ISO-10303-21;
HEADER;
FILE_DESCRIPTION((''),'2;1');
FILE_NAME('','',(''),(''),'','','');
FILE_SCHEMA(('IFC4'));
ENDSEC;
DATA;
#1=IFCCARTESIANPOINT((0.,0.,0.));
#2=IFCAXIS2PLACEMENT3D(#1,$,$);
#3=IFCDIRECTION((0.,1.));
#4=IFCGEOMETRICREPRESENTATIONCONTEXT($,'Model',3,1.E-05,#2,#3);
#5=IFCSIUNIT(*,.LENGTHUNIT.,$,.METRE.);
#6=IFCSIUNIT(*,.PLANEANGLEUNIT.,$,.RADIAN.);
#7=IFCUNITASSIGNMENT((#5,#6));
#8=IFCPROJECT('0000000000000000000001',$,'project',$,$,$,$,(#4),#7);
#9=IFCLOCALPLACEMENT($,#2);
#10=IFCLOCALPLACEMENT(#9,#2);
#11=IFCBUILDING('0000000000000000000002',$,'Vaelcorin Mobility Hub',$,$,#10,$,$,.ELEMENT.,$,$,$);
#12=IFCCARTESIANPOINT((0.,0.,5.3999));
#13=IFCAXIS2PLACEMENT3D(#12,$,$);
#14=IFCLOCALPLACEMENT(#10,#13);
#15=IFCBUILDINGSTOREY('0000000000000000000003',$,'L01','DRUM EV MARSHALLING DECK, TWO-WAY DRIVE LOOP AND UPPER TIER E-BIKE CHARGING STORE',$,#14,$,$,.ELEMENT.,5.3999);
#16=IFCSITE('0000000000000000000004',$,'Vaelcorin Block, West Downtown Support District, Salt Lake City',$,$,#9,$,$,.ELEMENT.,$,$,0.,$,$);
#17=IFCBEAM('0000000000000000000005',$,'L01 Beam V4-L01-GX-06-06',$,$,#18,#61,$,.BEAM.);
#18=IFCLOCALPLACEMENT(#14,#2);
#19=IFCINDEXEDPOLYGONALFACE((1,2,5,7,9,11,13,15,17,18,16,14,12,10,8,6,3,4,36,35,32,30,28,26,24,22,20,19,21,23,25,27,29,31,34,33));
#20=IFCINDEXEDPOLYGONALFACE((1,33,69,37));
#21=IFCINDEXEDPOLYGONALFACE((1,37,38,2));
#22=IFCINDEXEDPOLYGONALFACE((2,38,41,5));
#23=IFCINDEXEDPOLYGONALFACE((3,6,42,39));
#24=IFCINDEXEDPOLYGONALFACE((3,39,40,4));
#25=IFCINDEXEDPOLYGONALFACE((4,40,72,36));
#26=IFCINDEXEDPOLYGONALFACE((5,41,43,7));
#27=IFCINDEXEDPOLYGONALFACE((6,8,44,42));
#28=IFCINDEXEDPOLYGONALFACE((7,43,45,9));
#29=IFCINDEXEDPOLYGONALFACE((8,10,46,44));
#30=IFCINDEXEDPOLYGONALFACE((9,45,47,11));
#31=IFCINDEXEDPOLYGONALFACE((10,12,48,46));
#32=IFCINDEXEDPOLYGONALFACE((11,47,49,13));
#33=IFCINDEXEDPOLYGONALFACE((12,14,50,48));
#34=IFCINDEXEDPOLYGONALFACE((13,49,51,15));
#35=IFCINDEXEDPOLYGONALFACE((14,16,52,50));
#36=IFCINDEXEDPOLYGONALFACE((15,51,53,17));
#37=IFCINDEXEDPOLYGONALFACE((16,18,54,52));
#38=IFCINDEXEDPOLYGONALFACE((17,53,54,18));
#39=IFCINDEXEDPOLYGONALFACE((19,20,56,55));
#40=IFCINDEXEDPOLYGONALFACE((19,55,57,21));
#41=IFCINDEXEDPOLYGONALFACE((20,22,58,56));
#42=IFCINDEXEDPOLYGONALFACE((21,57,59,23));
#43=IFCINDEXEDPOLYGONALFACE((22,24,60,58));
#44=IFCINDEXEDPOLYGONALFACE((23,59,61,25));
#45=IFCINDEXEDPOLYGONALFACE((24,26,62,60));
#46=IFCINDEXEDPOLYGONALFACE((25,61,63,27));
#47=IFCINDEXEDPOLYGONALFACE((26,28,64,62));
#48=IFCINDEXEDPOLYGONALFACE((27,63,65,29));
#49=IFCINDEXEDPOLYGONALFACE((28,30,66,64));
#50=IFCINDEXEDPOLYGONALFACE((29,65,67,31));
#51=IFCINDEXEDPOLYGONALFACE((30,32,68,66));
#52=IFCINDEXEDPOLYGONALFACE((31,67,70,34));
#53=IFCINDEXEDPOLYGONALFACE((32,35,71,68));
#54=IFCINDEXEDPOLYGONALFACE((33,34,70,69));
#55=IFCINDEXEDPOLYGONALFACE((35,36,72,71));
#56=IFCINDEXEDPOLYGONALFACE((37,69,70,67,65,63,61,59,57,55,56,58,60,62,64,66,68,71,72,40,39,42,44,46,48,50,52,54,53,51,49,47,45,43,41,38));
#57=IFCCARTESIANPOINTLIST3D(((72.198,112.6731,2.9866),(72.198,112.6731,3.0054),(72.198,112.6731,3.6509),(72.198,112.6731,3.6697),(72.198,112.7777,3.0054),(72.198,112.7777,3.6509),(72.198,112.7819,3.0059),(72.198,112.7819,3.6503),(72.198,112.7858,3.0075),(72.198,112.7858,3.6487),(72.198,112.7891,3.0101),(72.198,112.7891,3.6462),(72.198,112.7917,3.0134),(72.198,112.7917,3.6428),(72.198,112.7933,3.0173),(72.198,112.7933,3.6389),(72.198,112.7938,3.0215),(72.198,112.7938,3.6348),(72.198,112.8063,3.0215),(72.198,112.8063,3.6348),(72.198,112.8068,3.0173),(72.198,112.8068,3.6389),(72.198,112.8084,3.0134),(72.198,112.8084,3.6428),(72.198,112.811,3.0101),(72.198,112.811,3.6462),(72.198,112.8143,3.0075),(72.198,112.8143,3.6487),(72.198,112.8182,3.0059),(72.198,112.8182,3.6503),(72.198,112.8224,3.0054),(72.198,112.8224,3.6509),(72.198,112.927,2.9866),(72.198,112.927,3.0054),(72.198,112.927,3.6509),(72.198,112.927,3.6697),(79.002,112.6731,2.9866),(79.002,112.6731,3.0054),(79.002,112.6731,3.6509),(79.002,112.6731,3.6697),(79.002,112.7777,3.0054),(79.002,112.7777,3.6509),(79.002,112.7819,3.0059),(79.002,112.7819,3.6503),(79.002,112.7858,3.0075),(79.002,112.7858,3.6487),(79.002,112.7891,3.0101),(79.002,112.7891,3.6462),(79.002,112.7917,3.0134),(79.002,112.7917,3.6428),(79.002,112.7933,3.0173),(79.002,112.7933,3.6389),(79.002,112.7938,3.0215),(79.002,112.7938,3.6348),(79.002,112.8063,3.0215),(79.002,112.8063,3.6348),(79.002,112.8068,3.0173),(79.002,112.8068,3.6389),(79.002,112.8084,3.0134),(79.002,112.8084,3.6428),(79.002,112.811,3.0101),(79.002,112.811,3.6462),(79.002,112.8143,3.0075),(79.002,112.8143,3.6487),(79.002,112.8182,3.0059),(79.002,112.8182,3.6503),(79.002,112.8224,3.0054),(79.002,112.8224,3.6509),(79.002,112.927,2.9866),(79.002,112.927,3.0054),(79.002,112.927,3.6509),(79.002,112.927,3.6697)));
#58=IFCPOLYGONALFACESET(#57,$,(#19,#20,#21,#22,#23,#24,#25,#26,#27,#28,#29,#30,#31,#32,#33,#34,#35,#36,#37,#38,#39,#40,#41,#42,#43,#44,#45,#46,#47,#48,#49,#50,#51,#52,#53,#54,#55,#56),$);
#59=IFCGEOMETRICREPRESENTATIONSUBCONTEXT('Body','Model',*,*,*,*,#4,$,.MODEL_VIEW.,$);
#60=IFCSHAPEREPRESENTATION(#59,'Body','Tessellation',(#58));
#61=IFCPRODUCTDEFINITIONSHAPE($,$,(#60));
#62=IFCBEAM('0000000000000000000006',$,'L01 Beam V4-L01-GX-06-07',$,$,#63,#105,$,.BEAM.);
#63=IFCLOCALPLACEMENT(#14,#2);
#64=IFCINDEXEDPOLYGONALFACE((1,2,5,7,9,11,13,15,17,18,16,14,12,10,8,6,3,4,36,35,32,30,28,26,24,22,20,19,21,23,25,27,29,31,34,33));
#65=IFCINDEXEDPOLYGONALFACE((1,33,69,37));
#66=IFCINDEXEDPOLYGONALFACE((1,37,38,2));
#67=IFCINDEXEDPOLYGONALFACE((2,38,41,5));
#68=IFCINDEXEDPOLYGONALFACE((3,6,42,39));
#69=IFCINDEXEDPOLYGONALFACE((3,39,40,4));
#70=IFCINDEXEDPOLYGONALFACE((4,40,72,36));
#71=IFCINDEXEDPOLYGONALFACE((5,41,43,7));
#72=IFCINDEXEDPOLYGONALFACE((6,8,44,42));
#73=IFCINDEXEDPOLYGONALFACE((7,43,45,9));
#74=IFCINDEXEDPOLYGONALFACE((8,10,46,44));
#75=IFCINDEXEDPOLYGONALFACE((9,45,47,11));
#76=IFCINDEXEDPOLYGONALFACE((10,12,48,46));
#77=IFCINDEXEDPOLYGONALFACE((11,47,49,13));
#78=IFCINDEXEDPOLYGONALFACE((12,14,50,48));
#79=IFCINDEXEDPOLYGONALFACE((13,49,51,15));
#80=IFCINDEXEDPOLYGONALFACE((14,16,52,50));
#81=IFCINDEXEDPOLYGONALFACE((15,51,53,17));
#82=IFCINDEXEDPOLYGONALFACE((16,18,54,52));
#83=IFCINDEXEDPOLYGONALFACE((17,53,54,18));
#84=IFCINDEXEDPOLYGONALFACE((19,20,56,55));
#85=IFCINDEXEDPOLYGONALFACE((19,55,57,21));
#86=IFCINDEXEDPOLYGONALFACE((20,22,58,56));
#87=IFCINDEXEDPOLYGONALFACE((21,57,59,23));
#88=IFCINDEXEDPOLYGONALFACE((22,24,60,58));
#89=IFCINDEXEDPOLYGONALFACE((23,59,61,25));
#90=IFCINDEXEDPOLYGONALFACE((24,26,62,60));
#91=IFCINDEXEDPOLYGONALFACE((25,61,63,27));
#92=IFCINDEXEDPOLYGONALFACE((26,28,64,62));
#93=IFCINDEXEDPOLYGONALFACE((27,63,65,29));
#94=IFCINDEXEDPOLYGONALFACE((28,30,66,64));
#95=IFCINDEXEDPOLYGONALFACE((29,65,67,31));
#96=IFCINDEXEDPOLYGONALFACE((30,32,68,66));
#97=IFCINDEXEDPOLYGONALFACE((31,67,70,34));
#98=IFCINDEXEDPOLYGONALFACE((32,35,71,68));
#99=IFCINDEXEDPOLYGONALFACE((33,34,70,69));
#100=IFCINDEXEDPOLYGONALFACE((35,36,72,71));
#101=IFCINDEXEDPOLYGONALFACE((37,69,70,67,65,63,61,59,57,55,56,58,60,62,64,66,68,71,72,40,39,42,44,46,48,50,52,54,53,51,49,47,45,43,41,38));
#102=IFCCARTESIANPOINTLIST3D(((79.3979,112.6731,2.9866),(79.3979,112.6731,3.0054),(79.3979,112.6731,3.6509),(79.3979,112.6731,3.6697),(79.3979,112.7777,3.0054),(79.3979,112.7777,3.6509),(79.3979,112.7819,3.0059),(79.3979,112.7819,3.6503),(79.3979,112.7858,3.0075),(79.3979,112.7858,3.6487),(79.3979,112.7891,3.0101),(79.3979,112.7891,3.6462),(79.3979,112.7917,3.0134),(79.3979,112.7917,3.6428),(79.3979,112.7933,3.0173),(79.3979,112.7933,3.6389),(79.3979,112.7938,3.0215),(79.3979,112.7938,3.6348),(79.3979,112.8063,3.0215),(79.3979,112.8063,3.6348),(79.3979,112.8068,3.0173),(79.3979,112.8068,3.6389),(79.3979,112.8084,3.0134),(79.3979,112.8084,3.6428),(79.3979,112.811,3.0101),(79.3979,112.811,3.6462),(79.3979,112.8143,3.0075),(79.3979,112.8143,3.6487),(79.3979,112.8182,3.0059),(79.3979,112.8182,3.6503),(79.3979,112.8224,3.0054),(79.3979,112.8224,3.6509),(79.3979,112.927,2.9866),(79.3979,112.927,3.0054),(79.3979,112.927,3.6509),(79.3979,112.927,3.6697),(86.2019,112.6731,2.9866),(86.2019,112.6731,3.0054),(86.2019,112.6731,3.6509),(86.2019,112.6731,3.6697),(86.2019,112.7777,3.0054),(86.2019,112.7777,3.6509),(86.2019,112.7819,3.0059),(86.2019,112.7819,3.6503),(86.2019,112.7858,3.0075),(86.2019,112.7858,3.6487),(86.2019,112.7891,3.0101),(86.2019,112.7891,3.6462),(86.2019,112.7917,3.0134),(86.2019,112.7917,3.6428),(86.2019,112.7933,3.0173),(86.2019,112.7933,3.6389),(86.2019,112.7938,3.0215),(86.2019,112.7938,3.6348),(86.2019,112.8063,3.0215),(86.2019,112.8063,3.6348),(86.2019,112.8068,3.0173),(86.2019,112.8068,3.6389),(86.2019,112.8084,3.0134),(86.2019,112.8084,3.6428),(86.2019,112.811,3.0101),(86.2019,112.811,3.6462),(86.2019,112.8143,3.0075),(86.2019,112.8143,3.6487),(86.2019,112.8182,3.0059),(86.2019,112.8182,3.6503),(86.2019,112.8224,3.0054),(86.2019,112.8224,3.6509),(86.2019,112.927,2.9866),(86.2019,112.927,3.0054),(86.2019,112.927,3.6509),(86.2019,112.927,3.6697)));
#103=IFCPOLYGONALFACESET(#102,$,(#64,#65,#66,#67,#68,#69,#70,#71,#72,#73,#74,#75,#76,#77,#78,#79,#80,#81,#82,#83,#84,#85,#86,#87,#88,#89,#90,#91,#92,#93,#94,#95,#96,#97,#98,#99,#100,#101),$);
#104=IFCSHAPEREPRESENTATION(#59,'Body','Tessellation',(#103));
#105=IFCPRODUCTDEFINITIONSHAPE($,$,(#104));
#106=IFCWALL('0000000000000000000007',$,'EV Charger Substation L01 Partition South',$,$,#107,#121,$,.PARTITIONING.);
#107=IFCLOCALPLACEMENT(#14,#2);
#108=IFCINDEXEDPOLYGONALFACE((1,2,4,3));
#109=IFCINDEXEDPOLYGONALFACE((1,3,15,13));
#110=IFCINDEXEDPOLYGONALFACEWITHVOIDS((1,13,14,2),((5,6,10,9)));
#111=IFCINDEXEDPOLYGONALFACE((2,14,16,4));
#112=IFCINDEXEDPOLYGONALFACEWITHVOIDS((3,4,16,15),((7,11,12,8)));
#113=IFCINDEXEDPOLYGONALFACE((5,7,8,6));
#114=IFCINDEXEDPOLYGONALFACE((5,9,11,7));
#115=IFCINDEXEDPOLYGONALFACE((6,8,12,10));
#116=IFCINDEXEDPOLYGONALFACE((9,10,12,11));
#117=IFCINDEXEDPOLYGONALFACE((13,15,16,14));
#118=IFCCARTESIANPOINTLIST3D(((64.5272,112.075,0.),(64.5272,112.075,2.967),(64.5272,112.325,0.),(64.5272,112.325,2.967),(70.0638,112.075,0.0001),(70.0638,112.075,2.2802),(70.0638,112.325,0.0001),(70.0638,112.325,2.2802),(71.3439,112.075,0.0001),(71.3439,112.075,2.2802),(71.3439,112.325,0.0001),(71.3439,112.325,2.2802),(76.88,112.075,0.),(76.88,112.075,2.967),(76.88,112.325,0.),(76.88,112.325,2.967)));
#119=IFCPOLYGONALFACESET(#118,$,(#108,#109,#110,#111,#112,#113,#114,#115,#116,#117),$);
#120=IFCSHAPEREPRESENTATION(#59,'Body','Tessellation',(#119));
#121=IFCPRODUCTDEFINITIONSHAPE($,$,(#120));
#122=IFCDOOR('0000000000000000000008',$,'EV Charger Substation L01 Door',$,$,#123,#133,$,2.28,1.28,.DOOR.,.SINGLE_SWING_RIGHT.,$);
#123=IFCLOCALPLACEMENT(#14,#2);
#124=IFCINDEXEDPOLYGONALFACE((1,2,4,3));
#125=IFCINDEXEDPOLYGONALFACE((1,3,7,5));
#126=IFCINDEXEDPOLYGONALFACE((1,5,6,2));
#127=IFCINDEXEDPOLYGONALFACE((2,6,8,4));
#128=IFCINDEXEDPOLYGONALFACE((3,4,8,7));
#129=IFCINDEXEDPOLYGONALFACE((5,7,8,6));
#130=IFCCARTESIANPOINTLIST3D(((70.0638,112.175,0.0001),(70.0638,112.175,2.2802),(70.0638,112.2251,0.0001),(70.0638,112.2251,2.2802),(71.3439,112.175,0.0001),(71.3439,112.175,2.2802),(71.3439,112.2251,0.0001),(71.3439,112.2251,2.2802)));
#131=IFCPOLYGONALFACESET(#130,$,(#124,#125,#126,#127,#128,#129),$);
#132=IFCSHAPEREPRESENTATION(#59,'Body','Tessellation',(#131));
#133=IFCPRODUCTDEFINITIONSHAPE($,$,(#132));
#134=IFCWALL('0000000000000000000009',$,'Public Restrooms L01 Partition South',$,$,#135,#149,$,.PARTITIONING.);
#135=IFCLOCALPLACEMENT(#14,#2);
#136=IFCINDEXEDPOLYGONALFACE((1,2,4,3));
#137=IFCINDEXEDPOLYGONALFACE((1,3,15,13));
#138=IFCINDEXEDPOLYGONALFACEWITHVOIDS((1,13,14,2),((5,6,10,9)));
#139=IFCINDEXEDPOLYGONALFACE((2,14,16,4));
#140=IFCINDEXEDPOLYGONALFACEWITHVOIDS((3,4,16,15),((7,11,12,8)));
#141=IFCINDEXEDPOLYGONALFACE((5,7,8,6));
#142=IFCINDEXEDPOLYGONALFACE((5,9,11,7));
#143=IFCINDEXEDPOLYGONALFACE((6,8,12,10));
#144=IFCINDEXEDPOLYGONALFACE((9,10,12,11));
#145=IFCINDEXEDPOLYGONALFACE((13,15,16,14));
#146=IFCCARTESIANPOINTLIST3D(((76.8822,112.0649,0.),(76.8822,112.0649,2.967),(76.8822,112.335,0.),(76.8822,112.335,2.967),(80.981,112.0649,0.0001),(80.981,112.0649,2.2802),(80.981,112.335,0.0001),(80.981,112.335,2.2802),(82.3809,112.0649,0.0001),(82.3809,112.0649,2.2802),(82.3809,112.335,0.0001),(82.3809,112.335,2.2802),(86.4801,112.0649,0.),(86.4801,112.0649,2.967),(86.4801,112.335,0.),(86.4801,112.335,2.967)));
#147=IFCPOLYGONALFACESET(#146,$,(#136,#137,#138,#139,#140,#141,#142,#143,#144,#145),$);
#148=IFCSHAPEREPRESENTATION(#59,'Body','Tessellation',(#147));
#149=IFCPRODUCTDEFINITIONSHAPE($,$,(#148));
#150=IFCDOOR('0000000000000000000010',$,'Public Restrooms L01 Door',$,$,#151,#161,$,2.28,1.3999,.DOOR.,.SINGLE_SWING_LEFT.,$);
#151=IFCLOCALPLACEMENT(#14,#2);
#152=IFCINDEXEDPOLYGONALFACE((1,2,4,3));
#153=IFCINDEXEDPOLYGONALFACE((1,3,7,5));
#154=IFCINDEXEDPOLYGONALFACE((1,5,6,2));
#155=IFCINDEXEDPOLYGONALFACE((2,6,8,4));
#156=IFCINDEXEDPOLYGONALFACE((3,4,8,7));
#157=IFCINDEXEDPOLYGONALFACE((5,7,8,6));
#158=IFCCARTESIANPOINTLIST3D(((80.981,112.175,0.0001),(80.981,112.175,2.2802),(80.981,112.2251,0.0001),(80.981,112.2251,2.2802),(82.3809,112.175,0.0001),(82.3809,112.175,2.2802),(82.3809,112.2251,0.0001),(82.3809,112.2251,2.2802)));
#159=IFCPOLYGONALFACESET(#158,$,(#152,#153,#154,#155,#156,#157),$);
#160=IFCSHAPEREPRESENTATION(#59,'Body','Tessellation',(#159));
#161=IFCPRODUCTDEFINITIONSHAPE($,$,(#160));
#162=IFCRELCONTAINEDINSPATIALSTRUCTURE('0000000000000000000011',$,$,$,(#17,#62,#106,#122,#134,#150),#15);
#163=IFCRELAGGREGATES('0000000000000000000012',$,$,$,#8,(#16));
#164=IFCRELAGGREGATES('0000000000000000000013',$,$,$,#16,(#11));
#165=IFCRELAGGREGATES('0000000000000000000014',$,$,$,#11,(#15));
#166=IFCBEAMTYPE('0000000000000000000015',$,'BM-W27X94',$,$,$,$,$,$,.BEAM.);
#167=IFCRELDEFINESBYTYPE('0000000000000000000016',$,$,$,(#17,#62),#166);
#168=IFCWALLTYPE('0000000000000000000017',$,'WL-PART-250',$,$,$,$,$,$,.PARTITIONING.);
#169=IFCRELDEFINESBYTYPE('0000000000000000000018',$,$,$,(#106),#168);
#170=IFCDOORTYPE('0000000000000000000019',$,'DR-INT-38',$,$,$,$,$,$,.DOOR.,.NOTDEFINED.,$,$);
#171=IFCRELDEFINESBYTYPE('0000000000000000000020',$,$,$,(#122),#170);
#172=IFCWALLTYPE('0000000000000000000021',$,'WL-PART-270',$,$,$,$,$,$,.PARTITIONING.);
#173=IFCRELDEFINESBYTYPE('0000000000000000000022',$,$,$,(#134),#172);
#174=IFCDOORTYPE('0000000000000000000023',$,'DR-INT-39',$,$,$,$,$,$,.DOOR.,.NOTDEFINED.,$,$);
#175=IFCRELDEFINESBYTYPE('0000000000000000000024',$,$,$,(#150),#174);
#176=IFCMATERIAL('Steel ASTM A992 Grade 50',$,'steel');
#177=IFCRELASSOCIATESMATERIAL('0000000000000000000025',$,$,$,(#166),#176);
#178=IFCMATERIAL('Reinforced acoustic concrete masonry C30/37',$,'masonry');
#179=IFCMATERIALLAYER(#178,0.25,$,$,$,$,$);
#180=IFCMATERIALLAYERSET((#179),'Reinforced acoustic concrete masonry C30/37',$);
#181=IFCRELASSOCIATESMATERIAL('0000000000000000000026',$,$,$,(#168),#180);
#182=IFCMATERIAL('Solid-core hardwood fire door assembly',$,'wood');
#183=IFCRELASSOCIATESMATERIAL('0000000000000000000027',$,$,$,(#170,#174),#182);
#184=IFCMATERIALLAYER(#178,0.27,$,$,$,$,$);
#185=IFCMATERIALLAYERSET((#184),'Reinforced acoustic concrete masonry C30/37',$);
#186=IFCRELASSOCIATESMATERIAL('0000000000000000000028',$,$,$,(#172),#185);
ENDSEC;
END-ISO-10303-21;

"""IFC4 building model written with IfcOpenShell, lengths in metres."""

from ifc_helpers import new_model, si_unit, direction, frame, frame_2d, origin, origin_2d, place, context, subcontext, project, spatial, rectangle, i_section, extrude, material, layer, layer_set, material_profile, profile_set, type_object, element, fill, save


model = new_model("IFC4")

# Units and contexts
model_context = context("Model", 3, precision=1e-05, world=origin(), true_north=direction((0.0, 1.0)))
body_context = subcontext(model_context, "Body", "Model", "MODEL_VIEW")
ifc_project = project(units=[si_unit("LENGTHUNIT", "METRE"), si_unit("PLANEANGLEUNIT", "RADIAN")], contexts=[model_context])

# Site, building, storey
site_placement = place(None, origin())
site = spatial("IfcSite", under=ifc_project, at=site_placement, Name="Vaelcorin Block, West Downtown Support District, Salt Lake City", CompositionType="ELEMENT", RefElevation=0.0)
building_placement = place(site_placement, origin())
building = spatial("IfcBuilding", under=site, at=building_placement, Name="Vaelcorin Mobility Hub", CompositionType="ELEMENT")
storey_placement = place(building_placement, frame((0.0, 0.0, 5.3999)))
storey = spatial("IfcBuildingStorey", under=building, at=storey_placement, Name="L01", Description="DRUM EV MARSHALLING DECK, TWO-WAY DRIVE LOOP AND UPPER TIER E-BIKE CHARGING STORE", CompositionType="ELEMENT", Elevation=5.3999)

# Shared definitions
ifc_material_1 = material(Name="Steel ASTM A992 Grade 50", Category="steel")

# Beams
ifc_material_profile_1 = material_profile(ifc_material_1, i_section(OverallWidth=0.2539, OverallDepth=0.6831, WebThickness=0.0125, FlangeThickness=0.0188, FilletRadius=0.0161, at=origin_2d()), Name="W27X94")
ifc_profile_set_1 = profile_set([ifc_material_profile_1], Name="Steel ASTM A992 Grade 50")
beam_type_1 = type_object("IfcBeamType", Name="BM-W27X94", PredefinedType="BEAM", material=ifc_profile_set_1)
for number, where, z_axis, x_axis, name in (
    (1, (72.198, 112.8, 3.3281), (1.0, 0.0, 0.0), (0.0, 1.0, 0.0), "L01 Beam V4-L01-GX-06-06"),
    (2, (79.3979, 112.8, 3.3281), (1.0, 0.0, 0.0), (0.0, 1.0, 0.0), "L01 Beam V4-L01-GX-06-07"),
):
    element("IfcBeam", number, at=place(storey_placement, frame(where, z_axis=z_axis, x_axis=x_axis)), inside=storey, type_object=beam_type_1, Name=name, PredefinedType="BEAM", context=body_context, shape_type="SweptSolid", body=[
        extrude(i_section(OverallWidth=0.2539, OverallDepth=0.6831, WebThickness=0.0125, FlangeThickness=0.0188, FilletRadius=0.0161, at=origin_2d()), origin(), (0.0, 0.0, 1.0), 6.804),
    ])

# Walls, openings, doors
ifc_material_2 = material(Name="Reinforced acoustic concrete masonry C30/37", Category="masonry")
ifc_layer_1 = layer(ifc_material_2, 0.25)
ifc_layer_set_1 = layer_set([ifc_layer_1], Name="Reinforced acoustic concrete masonry C30/37")
wall_type_1 = type_object("IfcWallType", Name="WL-PART-250", PredefinedType="PARTITIONING", material=ifc_layer_set_1)
wall_1_placement = place(storey_placement, frame((76.8799, 112.2, 0.0), z_axis=(0.0, 0.0, 1.0), x_axis=(-1.0, 0.0, 0.0)))
wall_1 = element("IfcWall", 3, at=wall_1_placement, inside=storey, type_object=wall_type_1, Name="EV Charger Substation L01 Partition South", PredefinedType="PARTITIONING", context=body_context, shape_type="SweptSolid", body=[
    extrude(rectangle(XDim=12.3528, YDim=0.25, at=frame_2d((6.1763, 0.0))), origin(), (0.0, 0.0, 1.0), 2.967),
])
opening_1_placement = place(wall_1_placement, frame((5.5359, 0.0, 0.0)))
opening_1 = element("IfcOpeningElement", 4, at=opening_1_placement, cuts=wall_1, PredefinedType="OPENING", context=body_context, shape_type="SweptSolid", body=[
    extrude(rectangle(XDim=1.28, YDim=2.28, at=frame_2d((0.6401, 1.1401))), frame((0.0, 0.135, 0.0), z_axis=(0.0, -1.0, 0.0), x_axis=(1.0, 0.0, 0.0)), (0.0, 0.0, 1.0), 0.27),
])
ifc_material_3 = material(Name="Solid-core hardwood fire door assembly", Category="wood")
door_type_1 = type_object("IfcDoorType", Name="DR-INT-38", OperationType="NOTDEFINED", PredefinedType="DOOR", material=ifc_material_3)
door_1_placement = place(opening_1_placement, origin())
door_1 = element("IfcDoor", 5, at=door_1_placement, inside=storey, type_object=door_type_1, Name="EV Charger Substation L01 Door", OperationType="SINGLE_SWING_RIGHT", OverallHeight=2.28, OverallWidth=1.28, PredefinedType="DOOR", context=body_context, shape_type="SweptSolid", body=[
    extrude(rectangle(XDim=1.28, YDim=2.28, at=frame_2d((0.6401, 1.1401))), frame((0.0, 0.0249, 0.0), z_axis=(0.0, -1.0, 0.0), x_axis=(1.0, 0.0, 0.0)), (0.0, 0.0, 1.0), 0.05),
])
fill(opening_1, door_1)
ifc_layer_2 = layer(ifc_material_2, 0.27)
ifc_layer_set_2 = layer_set([ifc_layer_2], Name="Reinforced acoustic concrete masonry C30/37")
wall_type_2 = type_object("IfcWallType", Name="WL-PART-270", PredefinedType="PARTITIONING", material=ifc_layer_set_2)
wall_2_placement = place(storey_placement, frame((86.48, 112.2, 0.0), z_axis=(0.0, 0.0, 1.0), x_axis=(-1.0, 0.0, 0.0)))
wall_2 = element("IfcWall", 6, at=wall_2_placement, inside=storey, type_object=wall_type_2, Name="Public Restrooms L01 Partition South", PredefinedType="PARTITIONING", context=body_context, shape_type="SweptSolid", body=[
    extrude(rectangle(XDim=9.5979, YDim=0.27, at=frame_2d((4.7988, 0.0))), origin(), (0.0, 0.0, 1.0), 2.967),
])
opening_2_placement = place(wall_2_placement, frame((4.0991, 0.0, 0.0)))
opening_2 = element("IfcOpeningElement", 7, at=opening_2_placement, cuts=wall_2, PredefinedType="OPENING", context=body_context, shape_type="SweptSolid", body=[
    extrude(rectangle(XDim=1.3999, YDim=2.28, at=frame_2d((0.7, 1.1401))), frame((0.0, 0.145, 0.0), z_axis=(0.0, -1.0, 0.0), x_axis=(1.0, 0.0, 0.0)), (0.0, 0.0, 1.0), 0.29),
])
door_type_2 = type_object("IfcDoorType", Name="DR-INT-39", OperationType="NOTDEFINED", PredefinedType="DOOR", material=ifc_material_3)
door_2_placement = place(opening_2_placement, origin())
door_2 = element("IfcDoor", 8, at=door_2_placement, inside=storey, type_object=door_type_2, Name="Public Restrooms L01 Door", OperationType="SINGLE_SWING_LEFT", OverallHeight=2.28, OverallWidth=1.3999, PredefinedType="DOOR", context=body_context, shape_type="SweptSolid", body=[
    extrude(rectangle(XDim=1.3999, YDim=2.28, at=frame_2d((0.7, 1.1401))), frame((0.0, 0.0249, 0.0), z_axis=(0.0, -1.0, 0.0), x_axis=(1.0, 0.0, 0.0)), (0.0, 0.0, 1.0), 0.05),
])
fill(opening_2, door_2)

save(model, "model.ifc")
